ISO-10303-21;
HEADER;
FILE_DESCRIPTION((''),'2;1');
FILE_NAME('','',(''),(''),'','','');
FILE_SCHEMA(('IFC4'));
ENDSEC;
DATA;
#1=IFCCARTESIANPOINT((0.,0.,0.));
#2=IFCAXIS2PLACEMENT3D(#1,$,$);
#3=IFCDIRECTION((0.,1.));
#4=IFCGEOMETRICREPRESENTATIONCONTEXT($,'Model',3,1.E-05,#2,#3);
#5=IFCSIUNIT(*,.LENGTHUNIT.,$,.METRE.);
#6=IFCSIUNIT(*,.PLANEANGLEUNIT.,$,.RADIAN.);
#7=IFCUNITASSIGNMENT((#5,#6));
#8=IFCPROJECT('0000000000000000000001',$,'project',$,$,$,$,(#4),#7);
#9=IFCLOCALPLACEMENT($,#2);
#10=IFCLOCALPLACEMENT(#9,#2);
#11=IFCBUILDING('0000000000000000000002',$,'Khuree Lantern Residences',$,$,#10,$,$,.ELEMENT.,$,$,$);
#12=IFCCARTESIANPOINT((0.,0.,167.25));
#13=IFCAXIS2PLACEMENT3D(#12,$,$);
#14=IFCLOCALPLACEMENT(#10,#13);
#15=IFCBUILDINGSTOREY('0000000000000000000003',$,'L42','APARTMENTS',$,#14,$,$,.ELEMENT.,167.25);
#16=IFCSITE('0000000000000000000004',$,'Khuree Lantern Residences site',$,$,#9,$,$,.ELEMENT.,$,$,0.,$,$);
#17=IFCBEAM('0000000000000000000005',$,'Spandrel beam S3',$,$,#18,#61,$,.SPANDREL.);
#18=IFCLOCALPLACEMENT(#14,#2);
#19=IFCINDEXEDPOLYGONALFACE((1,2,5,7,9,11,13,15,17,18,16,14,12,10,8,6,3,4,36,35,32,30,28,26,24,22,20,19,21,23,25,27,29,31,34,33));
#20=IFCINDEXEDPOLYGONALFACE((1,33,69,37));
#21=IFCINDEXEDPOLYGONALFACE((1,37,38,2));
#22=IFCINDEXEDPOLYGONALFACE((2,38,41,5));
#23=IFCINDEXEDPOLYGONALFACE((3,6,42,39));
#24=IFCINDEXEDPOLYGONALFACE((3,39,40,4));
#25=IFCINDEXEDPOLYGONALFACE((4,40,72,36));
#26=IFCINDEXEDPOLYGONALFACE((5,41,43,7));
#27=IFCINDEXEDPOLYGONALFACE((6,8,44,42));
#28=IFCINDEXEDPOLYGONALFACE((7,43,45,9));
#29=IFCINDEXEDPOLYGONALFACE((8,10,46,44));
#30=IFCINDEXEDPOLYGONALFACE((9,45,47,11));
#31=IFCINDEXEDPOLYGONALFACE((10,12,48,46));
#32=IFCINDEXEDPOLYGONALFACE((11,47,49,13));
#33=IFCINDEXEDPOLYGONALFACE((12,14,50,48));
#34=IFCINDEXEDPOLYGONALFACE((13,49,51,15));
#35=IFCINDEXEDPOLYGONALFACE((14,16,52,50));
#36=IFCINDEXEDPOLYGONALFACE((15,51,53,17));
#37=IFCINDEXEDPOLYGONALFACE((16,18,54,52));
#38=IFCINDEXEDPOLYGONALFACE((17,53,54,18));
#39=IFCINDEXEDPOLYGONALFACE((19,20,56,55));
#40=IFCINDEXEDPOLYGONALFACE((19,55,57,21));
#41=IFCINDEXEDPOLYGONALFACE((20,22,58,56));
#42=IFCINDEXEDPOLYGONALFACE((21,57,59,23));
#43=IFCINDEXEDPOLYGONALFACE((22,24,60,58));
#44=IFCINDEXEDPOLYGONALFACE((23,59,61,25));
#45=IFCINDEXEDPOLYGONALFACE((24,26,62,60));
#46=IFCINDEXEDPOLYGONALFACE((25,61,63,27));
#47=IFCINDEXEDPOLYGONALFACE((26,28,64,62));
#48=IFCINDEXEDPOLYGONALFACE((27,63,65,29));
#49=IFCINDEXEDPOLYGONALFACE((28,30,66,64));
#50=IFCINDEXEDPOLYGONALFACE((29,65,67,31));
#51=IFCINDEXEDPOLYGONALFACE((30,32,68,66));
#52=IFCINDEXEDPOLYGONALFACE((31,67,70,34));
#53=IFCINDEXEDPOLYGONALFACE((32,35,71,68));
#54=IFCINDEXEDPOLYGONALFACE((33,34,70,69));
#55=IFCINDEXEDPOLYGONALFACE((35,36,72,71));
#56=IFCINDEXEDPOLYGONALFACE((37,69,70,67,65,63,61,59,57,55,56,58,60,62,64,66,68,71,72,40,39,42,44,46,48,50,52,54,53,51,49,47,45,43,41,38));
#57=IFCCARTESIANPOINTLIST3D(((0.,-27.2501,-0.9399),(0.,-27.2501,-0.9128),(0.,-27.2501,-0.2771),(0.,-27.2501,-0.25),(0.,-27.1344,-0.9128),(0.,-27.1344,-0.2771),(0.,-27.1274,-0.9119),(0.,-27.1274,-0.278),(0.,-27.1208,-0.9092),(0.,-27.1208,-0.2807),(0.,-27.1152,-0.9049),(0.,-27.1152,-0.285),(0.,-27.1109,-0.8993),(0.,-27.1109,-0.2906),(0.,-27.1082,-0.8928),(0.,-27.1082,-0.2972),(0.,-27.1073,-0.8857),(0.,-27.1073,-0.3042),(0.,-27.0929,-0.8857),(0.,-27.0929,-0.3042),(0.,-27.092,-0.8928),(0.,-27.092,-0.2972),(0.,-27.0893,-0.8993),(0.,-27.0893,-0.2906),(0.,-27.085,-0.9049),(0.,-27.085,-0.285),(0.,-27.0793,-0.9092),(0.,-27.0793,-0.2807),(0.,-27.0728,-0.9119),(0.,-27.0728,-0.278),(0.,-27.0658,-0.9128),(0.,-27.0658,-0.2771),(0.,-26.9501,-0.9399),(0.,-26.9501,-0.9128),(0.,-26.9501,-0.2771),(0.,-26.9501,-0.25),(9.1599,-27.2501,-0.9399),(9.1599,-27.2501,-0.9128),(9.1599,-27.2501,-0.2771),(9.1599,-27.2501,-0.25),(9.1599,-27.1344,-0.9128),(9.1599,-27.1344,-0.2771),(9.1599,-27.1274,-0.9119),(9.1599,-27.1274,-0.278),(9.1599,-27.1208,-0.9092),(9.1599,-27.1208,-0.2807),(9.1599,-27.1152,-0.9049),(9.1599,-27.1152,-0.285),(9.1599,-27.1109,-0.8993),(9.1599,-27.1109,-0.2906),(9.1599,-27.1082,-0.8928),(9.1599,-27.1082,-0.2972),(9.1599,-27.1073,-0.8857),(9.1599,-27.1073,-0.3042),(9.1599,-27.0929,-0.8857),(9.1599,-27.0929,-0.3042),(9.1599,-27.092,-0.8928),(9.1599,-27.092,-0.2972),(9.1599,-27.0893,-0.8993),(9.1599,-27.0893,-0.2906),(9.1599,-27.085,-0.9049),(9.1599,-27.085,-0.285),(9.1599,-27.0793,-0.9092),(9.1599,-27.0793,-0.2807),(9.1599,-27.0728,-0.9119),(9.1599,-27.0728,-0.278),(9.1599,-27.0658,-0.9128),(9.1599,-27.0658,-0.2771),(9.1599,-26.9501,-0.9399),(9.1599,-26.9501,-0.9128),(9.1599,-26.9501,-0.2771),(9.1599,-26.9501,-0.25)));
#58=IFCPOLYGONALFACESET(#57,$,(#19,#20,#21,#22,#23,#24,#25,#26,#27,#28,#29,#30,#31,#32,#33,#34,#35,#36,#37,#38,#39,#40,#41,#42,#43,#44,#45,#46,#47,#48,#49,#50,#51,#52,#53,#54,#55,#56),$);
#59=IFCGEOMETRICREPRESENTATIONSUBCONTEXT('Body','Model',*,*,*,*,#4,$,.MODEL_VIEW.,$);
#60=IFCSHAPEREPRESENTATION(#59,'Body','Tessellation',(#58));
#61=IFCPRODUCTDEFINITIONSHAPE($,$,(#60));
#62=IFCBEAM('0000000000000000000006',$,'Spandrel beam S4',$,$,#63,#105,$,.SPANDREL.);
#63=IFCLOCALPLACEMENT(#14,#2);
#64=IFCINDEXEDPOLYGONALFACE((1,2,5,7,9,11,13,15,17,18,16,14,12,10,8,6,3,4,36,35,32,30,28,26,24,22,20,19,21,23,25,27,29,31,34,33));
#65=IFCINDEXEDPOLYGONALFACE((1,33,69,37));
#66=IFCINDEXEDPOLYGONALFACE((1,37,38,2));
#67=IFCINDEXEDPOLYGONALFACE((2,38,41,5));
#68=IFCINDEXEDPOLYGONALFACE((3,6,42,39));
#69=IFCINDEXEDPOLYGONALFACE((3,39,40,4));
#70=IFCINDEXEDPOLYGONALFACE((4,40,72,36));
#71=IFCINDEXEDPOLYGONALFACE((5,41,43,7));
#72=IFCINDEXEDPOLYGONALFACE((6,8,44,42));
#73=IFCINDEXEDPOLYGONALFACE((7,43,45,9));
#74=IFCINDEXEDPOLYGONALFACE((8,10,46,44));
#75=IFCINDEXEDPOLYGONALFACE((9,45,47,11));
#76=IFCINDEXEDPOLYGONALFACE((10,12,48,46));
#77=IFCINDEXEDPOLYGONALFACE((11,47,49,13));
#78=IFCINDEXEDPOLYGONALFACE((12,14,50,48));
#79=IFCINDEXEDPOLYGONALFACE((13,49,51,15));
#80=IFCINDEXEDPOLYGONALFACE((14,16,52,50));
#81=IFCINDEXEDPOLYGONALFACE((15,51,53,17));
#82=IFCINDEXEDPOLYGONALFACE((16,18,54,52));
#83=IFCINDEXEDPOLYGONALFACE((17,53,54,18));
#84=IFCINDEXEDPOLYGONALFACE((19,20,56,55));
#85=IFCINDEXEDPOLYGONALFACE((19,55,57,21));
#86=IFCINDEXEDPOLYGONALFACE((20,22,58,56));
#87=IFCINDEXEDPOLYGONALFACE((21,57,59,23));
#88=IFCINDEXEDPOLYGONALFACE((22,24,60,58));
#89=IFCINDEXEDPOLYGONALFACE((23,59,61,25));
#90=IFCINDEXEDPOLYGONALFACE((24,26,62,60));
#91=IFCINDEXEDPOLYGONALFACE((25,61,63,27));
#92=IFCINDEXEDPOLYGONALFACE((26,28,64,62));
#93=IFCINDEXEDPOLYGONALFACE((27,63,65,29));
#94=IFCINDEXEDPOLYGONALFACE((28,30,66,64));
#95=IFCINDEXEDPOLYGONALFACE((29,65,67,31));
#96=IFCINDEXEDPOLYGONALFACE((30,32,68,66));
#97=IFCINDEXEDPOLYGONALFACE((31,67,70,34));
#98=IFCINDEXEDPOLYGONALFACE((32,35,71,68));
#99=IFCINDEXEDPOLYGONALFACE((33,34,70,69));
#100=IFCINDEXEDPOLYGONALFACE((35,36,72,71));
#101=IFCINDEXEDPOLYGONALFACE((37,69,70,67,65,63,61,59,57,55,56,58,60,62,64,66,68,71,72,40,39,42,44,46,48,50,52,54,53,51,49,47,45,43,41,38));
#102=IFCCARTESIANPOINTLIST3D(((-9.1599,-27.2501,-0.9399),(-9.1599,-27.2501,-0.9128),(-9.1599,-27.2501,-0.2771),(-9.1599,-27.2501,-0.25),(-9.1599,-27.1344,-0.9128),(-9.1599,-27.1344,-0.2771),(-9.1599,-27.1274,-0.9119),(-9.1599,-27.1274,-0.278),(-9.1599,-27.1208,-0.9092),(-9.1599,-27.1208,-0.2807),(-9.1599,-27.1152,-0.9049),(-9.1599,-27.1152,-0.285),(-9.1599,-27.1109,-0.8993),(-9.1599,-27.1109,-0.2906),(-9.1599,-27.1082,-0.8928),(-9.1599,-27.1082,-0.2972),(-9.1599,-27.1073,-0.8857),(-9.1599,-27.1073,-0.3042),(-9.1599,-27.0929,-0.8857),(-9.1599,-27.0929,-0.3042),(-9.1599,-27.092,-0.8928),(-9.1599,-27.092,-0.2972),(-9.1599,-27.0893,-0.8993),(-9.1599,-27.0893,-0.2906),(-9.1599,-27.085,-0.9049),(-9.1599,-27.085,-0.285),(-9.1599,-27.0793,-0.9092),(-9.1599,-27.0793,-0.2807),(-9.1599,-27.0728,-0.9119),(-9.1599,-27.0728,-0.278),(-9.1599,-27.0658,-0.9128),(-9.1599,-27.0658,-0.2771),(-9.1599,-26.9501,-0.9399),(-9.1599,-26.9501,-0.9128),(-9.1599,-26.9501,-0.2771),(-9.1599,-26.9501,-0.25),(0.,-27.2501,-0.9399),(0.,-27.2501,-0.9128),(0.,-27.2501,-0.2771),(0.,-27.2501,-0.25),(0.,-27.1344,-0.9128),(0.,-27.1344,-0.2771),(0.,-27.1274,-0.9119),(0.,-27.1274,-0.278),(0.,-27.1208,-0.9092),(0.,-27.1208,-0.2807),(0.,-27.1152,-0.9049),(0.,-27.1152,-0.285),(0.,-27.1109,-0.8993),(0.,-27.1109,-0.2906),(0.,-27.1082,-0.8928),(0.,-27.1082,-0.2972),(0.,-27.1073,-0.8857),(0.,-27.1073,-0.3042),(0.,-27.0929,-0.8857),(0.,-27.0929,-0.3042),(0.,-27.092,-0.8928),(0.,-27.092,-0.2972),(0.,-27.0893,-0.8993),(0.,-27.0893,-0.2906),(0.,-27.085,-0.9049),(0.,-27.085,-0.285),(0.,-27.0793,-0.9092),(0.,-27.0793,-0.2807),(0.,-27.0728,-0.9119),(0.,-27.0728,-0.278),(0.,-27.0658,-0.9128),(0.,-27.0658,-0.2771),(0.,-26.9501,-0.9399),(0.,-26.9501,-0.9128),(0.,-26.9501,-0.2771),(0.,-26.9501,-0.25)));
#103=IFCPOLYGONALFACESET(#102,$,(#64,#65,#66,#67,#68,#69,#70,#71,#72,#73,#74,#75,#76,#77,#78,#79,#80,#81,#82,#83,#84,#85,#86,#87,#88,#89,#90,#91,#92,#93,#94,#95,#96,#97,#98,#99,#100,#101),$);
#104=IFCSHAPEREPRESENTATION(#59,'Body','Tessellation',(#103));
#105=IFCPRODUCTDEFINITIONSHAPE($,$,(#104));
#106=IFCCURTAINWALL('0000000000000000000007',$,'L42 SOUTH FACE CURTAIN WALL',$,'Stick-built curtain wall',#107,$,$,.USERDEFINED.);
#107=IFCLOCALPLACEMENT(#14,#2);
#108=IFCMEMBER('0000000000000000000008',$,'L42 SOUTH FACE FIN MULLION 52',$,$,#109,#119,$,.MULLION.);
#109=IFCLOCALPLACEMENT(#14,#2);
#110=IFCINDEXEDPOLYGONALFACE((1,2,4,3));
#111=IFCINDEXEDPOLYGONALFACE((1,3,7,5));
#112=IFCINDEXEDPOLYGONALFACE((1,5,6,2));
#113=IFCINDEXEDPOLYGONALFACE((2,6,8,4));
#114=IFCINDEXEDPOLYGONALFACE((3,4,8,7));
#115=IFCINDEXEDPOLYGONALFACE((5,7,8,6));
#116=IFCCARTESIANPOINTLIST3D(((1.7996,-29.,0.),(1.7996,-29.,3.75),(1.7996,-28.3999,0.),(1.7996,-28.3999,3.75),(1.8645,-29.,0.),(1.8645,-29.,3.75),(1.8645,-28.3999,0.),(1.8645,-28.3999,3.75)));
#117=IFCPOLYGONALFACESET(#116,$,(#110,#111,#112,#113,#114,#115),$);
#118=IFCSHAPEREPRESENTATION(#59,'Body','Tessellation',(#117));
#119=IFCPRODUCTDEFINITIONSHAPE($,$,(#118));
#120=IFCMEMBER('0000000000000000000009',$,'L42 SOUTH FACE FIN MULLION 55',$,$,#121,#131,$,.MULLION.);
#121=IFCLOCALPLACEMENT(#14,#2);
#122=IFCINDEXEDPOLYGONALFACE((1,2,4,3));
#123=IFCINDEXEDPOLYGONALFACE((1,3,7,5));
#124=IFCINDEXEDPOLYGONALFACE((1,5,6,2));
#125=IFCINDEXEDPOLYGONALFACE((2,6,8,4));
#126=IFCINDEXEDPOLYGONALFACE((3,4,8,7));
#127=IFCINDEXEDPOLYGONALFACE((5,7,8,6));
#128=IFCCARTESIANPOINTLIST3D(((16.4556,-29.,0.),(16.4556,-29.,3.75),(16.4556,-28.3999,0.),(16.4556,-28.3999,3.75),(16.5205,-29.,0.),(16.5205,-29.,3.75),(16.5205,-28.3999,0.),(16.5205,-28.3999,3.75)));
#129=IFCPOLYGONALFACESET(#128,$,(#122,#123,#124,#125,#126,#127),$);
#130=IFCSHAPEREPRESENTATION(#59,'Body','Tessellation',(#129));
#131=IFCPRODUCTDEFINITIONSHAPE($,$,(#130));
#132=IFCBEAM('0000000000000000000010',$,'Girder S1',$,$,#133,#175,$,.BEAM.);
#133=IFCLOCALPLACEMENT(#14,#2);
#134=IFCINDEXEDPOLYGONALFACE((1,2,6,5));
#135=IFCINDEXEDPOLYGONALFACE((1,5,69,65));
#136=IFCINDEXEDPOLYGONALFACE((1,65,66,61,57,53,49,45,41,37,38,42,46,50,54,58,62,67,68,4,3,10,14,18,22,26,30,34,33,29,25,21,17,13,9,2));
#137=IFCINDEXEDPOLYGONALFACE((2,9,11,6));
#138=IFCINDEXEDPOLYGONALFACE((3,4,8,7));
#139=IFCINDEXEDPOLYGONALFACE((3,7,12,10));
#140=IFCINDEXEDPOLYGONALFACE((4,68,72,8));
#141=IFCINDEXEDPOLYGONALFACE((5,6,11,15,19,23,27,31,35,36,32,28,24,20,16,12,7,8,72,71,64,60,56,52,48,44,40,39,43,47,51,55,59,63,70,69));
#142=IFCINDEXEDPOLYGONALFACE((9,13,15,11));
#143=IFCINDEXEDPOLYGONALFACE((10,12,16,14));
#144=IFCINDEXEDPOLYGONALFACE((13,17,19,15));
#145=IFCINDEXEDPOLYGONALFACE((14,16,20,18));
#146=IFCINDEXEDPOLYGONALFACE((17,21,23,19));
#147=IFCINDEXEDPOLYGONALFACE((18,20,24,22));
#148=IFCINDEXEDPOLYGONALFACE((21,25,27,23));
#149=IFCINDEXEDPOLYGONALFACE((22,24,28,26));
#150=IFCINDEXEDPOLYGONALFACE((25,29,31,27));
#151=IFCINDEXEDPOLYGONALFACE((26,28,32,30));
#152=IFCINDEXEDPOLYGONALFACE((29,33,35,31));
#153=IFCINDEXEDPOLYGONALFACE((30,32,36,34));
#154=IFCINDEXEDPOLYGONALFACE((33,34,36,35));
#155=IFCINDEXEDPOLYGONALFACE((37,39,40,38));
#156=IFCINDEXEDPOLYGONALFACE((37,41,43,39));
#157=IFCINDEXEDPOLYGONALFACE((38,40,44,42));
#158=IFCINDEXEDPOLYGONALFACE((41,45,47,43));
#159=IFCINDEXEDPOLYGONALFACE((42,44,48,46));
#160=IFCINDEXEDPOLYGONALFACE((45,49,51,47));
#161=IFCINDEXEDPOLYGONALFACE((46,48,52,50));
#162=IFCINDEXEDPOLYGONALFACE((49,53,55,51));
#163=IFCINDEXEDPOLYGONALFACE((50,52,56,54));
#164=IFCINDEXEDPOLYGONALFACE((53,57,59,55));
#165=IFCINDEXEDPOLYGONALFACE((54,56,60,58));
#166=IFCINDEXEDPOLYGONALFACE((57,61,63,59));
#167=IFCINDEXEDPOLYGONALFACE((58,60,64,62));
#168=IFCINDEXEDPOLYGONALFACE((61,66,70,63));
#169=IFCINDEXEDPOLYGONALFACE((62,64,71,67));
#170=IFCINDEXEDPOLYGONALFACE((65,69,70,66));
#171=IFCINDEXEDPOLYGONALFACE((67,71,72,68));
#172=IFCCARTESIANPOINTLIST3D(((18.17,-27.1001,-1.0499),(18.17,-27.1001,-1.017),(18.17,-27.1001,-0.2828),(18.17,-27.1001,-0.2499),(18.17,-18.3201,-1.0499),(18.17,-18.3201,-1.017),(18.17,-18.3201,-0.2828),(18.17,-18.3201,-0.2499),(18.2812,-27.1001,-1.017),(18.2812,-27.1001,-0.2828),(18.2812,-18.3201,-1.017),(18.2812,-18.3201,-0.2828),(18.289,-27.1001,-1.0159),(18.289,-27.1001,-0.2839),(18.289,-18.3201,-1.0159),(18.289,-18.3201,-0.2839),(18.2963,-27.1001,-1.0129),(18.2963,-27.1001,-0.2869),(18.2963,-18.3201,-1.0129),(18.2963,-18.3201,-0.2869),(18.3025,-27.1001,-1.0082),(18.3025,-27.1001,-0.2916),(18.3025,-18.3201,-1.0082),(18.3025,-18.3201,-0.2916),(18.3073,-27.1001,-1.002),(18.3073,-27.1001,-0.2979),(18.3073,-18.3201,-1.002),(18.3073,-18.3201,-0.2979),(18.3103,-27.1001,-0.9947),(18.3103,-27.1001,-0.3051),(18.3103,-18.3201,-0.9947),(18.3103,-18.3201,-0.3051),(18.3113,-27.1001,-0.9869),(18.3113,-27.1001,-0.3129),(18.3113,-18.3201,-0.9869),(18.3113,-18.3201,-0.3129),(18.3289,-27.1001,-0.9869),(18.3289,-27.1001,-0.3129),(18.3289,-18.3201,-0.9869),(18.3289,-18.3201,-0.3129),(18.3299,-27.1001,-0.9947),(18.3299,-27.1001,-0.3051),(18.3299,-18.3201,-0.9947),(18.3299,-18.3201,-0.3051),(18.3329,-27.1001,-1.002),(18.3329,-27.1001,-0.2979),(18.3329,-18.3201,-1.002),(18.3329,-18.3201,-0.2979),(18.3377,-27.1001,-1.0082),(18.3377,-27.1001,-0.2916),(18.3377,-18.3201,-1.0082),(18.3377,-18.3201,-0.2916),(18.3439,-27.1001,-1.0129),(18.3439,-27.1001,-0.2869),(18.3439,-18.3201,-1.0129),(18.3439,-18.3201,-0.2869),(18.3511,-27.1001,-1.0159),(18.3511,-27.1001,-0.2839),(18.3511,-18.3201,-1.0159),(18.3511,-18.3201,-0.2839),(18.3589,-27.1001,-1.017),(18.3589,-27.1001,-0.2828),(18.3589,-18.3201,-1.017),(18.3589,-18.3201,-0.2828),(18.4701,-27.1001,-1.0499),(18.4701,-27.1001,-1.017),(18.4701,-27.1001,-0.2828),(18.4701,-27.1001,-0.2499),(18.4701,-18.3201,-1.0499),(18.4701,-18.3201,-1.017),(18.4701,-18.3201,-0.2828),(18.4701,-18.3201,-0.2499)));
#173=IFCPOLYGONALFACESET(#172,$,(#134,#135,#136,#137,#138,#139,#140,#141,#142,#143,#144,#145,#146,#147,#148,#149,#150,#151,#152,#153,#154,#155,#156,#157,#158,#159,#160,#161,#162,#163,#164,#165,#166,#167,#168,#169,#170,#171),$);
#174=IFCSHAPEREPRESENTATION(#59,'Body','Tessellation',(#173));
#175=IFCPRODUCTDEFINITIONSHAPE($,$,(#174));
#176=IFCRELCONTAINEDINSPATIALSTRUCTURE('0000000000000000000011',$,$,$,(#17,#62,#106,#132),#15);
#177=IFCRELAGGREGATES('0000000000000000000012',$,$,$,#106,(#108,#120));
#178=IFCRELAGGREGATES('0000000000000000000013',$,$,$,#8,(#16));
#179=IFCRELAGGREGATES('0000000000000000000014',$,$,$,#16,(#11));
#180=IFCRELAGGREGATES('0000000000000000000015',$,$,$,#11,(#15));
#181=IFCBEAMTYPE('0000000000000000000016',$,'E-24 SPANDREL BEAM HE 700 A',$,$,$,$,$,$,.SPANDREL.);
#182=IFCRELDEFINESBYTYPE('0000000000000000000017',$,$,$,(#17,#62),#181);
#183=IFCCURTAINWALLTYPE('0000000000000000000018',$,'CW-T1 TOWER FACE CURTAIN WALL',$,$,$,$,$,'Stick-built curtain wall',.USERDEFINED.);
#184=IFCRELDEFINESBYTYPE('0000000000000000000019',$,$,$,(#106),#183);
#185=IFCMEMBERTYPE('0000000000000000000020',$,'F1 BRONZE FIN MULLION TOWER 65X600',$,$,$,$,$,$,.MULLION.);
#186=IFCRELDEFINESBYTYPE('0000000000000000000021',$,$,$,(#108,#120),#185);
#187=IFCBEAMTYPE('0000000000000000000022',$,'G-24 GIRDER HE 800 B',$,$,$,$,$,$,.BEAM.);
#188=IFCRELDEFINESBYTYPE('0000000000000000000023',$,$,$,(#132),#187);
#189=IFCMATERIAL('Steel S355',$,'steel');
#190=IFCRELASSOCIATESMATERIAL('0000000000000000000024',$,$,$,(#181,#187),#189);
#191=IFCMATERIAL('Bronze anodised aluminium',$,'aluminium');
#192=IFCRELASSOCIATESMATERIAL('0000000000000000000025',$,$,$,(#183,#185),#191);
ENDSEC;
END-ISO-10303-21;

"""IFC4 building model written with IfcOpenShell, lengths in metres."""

from ifc_helpers import new_model, si_unit, direction, frame, origin, origin_2d, place, context, subcontext, project, spatial, rectangle, i_section, extrude, material, material_profile, profile_set, type_object, element, aggregate, save


model = new_model("IFC4")

# Units and contexts
model_context = context("Model", 3, precision=1e-05, world=origin(), true_north=direction((0.0, 1.0)))
body_context = subcontext(model_context, "Body", "Model", "MODEL_VIEW")
ifc_project = project(units=[si_unit("LENGTHUNIT", "METRE"), si_unit("PLANEANGLEUNIT", "RADIAN")], contexts=[model_context])

# Site, building, storey
site_placement = place(None, origin())
site = spatial("IfcSite", under=ifc_project, at=site_placement, Name="Khuree Lantern Residences site", CompositionType="ELEMENT", RefElevation=0.0)
building_placement = place(site_placement, origin())
building = spatial("IfcBuilding", under=site, at=building_placement, Name="Khuree Lantern Residences", CompositionType="ELEMENT")
storey_placement = place(building_placement, frame((0.0, 0.0, 167.25)))
storey = spatial("IfcBuildingStorey", under=building, at=storey_placement, Name="L42", Description="APARTMENTS", CompositionType="ELEMENT", Elevation=167.25)

# Beams
ifc_material_1 = material(Name="Steel S355", Category="steel")
ifc_material_profile_1 = material_profile(ifc_material_1, i_section(OverallWidth=0.3, OverallDepth=0.6899, WebThickness=0.0144, FlangeThickness=0.0271, FilletRadius=0.0271, at=origin_2d()), Name="HE 700 A")
ifc_profile_set_1 = profile_set([ifc_material_profile_1], Name="Steel S355")
beam_type_1 = type_object("IfcBeamType", Name="E-24 SPANDREL BEAM HE 700 A", PredefinedType="SPANDREL", material=ifc_profile_set_1)
for number, where, z_axis, x_axis, name in (
    (1, (9.1599, -27.1001, -0.595), (-1.0, 0.0, 0.0), (0.0, -1.0, 0.0), "Spandrel beam S3"),
    (2, (0.0, -27.1001, -0.595), (-1.0, 0.0, 0.0), (0.0, -1.0, 0.0), "Spandrel beam S4"),
):
    element("IfcBeam", number, at=place(storey_placement, frame(where, z_axis=z_axis, x_axis=x_axis)), inside=storey, type_object=beam_type_1, Name=name, PredefinedType="SPANDREL", context=body_context, shape_type="SweptSolid", body=[
        extrude(i_section(OverallWidth=0.3, OverallDepth=0.6899, WebThickness=0.0144, FlangeThickness=0.0271, FilletRadius=0.0271, at=origin_2d()), origin(), (0.0, 0.0, 1.0), 9.1599),
    ])

# Curtain wall, members
ifc_material_2 = material(Name="Bronze anodised aluminium", Category="aluminium")
curtain_wall_type = type_object("IfcCurtainWallType", Name="CW-T1 TOWER FACE CURTAIN WALL", ElementType="Stick-built curtain wall", PredefinedType="USERDEFINED", material=ifc_material_2)
curtain_wall_placement = place(storey_placement, origin())
curtain_wall = element("IfcCurtainWall", 3, at=curtain_wall_placement, inside=storey, type_object=curtain_wall_type, Name="L42 SOUTH FACE CURTAIN WALL", ObjectType="Stick-built curtain wall", PredefinedType="USERDEFINED")
ifc_material_profile_2 = material_profile(ifc_material_2, rectangle(XDim=0.0649, YDim=0.6001, at=origin_2d()), Name="F1 65X600")
ifc_profile_set_2 = profile_set([ifc_material_profile_2], Name="Bronze anodised aluminium")
member_type_1 = type_object("IfcMemberType", Name="F1 BRONZE FIN MULLION TOWER 65X600", PredefinedType="MULLION", material=ifc_profile_set_2)
member_1_placement = place(storey_placement, frame((1.832, -28.7, 0.0), z_axis=(0.0, 0.0, 1.0), x_axis=(1.0, 0.0, 0.0)))
member_1 = element("IfcMember", 4, at=member_1_placement, type_object=member_type_1, Name="L42 SOUTH FACE FIN MULLION 52", PredefinedType="MULLION", context=body_context, shape_type="SweptSolid", body=[
    extrude(rectangle(XDim=0.0649, YDim=0.6001, at=origin_2d()), origin(), (0.0, 0.0, 1.0), 3.75),
])
member_2_placement = place(storey_placement, frame((16.488, -28.7, 0.0), z_axis=(0.0, 0.0, 1.0), x_axis=(1.0, 0.0, 0.0)))
member_2 = element("IfcMember", 5, at=member_2_placement, type_object=member_type_1, Name="L42 SOUTH FACE FIN MULLION 55", PredefinedType="MULLION", context=body_context, shape_type="SweptSolid", body=[
    extrude(rectangle(XDim=0.0649, YDim=0.6001, at=origin_2d()), origin(), (0.0, 0.0, 1.0), 3.75),
])

# Beam
ifc_material_profile_3 = material_profile(ifc_material_1, i_section(OverallWidth=0.3, OverallDepth=0.8, WebThickness=0.0176, FlangeThickness=0.033, FilletRadius=0.03, at=origin_2d()), Name="HE 800 B")
ifc_profile_set_3 = profile_set([ifc_material_profile_3], Name="Steel S355")
beam_type_2 = type_object("IfcBeamType", Name="G-24 GIRDER HE 800 B", PredefinedType="BEAM", material=ifc_profile_set_3)
beam_1_placement = place(storey_placement, frame((18.3201, -27.1001, -0.6499), z_axis=(0.0, 1.0, 0.0), x_axis=(-1.0, 0.0, 0.0)))
element("IfcBeam", 6, at=beam_1_placement, inside=storey, type_object=beam_type_2, Name="Girder S1", PredefinedType="BEAM", context=body_context, shape_type="SweptSolid", body=[
    extrude(i_section(OverallWidth=0.3, OverallDepth=0.8, WebThickness=0.0176, FlangeThickness=0.033, FilletRadius=0.03, at=origin_2d()), origin(), (0.0, 0.0, 1.0), 8.78),
])

aggregate(curtain_wall, [member_1, member_2])

save(model, "model.ifc")
